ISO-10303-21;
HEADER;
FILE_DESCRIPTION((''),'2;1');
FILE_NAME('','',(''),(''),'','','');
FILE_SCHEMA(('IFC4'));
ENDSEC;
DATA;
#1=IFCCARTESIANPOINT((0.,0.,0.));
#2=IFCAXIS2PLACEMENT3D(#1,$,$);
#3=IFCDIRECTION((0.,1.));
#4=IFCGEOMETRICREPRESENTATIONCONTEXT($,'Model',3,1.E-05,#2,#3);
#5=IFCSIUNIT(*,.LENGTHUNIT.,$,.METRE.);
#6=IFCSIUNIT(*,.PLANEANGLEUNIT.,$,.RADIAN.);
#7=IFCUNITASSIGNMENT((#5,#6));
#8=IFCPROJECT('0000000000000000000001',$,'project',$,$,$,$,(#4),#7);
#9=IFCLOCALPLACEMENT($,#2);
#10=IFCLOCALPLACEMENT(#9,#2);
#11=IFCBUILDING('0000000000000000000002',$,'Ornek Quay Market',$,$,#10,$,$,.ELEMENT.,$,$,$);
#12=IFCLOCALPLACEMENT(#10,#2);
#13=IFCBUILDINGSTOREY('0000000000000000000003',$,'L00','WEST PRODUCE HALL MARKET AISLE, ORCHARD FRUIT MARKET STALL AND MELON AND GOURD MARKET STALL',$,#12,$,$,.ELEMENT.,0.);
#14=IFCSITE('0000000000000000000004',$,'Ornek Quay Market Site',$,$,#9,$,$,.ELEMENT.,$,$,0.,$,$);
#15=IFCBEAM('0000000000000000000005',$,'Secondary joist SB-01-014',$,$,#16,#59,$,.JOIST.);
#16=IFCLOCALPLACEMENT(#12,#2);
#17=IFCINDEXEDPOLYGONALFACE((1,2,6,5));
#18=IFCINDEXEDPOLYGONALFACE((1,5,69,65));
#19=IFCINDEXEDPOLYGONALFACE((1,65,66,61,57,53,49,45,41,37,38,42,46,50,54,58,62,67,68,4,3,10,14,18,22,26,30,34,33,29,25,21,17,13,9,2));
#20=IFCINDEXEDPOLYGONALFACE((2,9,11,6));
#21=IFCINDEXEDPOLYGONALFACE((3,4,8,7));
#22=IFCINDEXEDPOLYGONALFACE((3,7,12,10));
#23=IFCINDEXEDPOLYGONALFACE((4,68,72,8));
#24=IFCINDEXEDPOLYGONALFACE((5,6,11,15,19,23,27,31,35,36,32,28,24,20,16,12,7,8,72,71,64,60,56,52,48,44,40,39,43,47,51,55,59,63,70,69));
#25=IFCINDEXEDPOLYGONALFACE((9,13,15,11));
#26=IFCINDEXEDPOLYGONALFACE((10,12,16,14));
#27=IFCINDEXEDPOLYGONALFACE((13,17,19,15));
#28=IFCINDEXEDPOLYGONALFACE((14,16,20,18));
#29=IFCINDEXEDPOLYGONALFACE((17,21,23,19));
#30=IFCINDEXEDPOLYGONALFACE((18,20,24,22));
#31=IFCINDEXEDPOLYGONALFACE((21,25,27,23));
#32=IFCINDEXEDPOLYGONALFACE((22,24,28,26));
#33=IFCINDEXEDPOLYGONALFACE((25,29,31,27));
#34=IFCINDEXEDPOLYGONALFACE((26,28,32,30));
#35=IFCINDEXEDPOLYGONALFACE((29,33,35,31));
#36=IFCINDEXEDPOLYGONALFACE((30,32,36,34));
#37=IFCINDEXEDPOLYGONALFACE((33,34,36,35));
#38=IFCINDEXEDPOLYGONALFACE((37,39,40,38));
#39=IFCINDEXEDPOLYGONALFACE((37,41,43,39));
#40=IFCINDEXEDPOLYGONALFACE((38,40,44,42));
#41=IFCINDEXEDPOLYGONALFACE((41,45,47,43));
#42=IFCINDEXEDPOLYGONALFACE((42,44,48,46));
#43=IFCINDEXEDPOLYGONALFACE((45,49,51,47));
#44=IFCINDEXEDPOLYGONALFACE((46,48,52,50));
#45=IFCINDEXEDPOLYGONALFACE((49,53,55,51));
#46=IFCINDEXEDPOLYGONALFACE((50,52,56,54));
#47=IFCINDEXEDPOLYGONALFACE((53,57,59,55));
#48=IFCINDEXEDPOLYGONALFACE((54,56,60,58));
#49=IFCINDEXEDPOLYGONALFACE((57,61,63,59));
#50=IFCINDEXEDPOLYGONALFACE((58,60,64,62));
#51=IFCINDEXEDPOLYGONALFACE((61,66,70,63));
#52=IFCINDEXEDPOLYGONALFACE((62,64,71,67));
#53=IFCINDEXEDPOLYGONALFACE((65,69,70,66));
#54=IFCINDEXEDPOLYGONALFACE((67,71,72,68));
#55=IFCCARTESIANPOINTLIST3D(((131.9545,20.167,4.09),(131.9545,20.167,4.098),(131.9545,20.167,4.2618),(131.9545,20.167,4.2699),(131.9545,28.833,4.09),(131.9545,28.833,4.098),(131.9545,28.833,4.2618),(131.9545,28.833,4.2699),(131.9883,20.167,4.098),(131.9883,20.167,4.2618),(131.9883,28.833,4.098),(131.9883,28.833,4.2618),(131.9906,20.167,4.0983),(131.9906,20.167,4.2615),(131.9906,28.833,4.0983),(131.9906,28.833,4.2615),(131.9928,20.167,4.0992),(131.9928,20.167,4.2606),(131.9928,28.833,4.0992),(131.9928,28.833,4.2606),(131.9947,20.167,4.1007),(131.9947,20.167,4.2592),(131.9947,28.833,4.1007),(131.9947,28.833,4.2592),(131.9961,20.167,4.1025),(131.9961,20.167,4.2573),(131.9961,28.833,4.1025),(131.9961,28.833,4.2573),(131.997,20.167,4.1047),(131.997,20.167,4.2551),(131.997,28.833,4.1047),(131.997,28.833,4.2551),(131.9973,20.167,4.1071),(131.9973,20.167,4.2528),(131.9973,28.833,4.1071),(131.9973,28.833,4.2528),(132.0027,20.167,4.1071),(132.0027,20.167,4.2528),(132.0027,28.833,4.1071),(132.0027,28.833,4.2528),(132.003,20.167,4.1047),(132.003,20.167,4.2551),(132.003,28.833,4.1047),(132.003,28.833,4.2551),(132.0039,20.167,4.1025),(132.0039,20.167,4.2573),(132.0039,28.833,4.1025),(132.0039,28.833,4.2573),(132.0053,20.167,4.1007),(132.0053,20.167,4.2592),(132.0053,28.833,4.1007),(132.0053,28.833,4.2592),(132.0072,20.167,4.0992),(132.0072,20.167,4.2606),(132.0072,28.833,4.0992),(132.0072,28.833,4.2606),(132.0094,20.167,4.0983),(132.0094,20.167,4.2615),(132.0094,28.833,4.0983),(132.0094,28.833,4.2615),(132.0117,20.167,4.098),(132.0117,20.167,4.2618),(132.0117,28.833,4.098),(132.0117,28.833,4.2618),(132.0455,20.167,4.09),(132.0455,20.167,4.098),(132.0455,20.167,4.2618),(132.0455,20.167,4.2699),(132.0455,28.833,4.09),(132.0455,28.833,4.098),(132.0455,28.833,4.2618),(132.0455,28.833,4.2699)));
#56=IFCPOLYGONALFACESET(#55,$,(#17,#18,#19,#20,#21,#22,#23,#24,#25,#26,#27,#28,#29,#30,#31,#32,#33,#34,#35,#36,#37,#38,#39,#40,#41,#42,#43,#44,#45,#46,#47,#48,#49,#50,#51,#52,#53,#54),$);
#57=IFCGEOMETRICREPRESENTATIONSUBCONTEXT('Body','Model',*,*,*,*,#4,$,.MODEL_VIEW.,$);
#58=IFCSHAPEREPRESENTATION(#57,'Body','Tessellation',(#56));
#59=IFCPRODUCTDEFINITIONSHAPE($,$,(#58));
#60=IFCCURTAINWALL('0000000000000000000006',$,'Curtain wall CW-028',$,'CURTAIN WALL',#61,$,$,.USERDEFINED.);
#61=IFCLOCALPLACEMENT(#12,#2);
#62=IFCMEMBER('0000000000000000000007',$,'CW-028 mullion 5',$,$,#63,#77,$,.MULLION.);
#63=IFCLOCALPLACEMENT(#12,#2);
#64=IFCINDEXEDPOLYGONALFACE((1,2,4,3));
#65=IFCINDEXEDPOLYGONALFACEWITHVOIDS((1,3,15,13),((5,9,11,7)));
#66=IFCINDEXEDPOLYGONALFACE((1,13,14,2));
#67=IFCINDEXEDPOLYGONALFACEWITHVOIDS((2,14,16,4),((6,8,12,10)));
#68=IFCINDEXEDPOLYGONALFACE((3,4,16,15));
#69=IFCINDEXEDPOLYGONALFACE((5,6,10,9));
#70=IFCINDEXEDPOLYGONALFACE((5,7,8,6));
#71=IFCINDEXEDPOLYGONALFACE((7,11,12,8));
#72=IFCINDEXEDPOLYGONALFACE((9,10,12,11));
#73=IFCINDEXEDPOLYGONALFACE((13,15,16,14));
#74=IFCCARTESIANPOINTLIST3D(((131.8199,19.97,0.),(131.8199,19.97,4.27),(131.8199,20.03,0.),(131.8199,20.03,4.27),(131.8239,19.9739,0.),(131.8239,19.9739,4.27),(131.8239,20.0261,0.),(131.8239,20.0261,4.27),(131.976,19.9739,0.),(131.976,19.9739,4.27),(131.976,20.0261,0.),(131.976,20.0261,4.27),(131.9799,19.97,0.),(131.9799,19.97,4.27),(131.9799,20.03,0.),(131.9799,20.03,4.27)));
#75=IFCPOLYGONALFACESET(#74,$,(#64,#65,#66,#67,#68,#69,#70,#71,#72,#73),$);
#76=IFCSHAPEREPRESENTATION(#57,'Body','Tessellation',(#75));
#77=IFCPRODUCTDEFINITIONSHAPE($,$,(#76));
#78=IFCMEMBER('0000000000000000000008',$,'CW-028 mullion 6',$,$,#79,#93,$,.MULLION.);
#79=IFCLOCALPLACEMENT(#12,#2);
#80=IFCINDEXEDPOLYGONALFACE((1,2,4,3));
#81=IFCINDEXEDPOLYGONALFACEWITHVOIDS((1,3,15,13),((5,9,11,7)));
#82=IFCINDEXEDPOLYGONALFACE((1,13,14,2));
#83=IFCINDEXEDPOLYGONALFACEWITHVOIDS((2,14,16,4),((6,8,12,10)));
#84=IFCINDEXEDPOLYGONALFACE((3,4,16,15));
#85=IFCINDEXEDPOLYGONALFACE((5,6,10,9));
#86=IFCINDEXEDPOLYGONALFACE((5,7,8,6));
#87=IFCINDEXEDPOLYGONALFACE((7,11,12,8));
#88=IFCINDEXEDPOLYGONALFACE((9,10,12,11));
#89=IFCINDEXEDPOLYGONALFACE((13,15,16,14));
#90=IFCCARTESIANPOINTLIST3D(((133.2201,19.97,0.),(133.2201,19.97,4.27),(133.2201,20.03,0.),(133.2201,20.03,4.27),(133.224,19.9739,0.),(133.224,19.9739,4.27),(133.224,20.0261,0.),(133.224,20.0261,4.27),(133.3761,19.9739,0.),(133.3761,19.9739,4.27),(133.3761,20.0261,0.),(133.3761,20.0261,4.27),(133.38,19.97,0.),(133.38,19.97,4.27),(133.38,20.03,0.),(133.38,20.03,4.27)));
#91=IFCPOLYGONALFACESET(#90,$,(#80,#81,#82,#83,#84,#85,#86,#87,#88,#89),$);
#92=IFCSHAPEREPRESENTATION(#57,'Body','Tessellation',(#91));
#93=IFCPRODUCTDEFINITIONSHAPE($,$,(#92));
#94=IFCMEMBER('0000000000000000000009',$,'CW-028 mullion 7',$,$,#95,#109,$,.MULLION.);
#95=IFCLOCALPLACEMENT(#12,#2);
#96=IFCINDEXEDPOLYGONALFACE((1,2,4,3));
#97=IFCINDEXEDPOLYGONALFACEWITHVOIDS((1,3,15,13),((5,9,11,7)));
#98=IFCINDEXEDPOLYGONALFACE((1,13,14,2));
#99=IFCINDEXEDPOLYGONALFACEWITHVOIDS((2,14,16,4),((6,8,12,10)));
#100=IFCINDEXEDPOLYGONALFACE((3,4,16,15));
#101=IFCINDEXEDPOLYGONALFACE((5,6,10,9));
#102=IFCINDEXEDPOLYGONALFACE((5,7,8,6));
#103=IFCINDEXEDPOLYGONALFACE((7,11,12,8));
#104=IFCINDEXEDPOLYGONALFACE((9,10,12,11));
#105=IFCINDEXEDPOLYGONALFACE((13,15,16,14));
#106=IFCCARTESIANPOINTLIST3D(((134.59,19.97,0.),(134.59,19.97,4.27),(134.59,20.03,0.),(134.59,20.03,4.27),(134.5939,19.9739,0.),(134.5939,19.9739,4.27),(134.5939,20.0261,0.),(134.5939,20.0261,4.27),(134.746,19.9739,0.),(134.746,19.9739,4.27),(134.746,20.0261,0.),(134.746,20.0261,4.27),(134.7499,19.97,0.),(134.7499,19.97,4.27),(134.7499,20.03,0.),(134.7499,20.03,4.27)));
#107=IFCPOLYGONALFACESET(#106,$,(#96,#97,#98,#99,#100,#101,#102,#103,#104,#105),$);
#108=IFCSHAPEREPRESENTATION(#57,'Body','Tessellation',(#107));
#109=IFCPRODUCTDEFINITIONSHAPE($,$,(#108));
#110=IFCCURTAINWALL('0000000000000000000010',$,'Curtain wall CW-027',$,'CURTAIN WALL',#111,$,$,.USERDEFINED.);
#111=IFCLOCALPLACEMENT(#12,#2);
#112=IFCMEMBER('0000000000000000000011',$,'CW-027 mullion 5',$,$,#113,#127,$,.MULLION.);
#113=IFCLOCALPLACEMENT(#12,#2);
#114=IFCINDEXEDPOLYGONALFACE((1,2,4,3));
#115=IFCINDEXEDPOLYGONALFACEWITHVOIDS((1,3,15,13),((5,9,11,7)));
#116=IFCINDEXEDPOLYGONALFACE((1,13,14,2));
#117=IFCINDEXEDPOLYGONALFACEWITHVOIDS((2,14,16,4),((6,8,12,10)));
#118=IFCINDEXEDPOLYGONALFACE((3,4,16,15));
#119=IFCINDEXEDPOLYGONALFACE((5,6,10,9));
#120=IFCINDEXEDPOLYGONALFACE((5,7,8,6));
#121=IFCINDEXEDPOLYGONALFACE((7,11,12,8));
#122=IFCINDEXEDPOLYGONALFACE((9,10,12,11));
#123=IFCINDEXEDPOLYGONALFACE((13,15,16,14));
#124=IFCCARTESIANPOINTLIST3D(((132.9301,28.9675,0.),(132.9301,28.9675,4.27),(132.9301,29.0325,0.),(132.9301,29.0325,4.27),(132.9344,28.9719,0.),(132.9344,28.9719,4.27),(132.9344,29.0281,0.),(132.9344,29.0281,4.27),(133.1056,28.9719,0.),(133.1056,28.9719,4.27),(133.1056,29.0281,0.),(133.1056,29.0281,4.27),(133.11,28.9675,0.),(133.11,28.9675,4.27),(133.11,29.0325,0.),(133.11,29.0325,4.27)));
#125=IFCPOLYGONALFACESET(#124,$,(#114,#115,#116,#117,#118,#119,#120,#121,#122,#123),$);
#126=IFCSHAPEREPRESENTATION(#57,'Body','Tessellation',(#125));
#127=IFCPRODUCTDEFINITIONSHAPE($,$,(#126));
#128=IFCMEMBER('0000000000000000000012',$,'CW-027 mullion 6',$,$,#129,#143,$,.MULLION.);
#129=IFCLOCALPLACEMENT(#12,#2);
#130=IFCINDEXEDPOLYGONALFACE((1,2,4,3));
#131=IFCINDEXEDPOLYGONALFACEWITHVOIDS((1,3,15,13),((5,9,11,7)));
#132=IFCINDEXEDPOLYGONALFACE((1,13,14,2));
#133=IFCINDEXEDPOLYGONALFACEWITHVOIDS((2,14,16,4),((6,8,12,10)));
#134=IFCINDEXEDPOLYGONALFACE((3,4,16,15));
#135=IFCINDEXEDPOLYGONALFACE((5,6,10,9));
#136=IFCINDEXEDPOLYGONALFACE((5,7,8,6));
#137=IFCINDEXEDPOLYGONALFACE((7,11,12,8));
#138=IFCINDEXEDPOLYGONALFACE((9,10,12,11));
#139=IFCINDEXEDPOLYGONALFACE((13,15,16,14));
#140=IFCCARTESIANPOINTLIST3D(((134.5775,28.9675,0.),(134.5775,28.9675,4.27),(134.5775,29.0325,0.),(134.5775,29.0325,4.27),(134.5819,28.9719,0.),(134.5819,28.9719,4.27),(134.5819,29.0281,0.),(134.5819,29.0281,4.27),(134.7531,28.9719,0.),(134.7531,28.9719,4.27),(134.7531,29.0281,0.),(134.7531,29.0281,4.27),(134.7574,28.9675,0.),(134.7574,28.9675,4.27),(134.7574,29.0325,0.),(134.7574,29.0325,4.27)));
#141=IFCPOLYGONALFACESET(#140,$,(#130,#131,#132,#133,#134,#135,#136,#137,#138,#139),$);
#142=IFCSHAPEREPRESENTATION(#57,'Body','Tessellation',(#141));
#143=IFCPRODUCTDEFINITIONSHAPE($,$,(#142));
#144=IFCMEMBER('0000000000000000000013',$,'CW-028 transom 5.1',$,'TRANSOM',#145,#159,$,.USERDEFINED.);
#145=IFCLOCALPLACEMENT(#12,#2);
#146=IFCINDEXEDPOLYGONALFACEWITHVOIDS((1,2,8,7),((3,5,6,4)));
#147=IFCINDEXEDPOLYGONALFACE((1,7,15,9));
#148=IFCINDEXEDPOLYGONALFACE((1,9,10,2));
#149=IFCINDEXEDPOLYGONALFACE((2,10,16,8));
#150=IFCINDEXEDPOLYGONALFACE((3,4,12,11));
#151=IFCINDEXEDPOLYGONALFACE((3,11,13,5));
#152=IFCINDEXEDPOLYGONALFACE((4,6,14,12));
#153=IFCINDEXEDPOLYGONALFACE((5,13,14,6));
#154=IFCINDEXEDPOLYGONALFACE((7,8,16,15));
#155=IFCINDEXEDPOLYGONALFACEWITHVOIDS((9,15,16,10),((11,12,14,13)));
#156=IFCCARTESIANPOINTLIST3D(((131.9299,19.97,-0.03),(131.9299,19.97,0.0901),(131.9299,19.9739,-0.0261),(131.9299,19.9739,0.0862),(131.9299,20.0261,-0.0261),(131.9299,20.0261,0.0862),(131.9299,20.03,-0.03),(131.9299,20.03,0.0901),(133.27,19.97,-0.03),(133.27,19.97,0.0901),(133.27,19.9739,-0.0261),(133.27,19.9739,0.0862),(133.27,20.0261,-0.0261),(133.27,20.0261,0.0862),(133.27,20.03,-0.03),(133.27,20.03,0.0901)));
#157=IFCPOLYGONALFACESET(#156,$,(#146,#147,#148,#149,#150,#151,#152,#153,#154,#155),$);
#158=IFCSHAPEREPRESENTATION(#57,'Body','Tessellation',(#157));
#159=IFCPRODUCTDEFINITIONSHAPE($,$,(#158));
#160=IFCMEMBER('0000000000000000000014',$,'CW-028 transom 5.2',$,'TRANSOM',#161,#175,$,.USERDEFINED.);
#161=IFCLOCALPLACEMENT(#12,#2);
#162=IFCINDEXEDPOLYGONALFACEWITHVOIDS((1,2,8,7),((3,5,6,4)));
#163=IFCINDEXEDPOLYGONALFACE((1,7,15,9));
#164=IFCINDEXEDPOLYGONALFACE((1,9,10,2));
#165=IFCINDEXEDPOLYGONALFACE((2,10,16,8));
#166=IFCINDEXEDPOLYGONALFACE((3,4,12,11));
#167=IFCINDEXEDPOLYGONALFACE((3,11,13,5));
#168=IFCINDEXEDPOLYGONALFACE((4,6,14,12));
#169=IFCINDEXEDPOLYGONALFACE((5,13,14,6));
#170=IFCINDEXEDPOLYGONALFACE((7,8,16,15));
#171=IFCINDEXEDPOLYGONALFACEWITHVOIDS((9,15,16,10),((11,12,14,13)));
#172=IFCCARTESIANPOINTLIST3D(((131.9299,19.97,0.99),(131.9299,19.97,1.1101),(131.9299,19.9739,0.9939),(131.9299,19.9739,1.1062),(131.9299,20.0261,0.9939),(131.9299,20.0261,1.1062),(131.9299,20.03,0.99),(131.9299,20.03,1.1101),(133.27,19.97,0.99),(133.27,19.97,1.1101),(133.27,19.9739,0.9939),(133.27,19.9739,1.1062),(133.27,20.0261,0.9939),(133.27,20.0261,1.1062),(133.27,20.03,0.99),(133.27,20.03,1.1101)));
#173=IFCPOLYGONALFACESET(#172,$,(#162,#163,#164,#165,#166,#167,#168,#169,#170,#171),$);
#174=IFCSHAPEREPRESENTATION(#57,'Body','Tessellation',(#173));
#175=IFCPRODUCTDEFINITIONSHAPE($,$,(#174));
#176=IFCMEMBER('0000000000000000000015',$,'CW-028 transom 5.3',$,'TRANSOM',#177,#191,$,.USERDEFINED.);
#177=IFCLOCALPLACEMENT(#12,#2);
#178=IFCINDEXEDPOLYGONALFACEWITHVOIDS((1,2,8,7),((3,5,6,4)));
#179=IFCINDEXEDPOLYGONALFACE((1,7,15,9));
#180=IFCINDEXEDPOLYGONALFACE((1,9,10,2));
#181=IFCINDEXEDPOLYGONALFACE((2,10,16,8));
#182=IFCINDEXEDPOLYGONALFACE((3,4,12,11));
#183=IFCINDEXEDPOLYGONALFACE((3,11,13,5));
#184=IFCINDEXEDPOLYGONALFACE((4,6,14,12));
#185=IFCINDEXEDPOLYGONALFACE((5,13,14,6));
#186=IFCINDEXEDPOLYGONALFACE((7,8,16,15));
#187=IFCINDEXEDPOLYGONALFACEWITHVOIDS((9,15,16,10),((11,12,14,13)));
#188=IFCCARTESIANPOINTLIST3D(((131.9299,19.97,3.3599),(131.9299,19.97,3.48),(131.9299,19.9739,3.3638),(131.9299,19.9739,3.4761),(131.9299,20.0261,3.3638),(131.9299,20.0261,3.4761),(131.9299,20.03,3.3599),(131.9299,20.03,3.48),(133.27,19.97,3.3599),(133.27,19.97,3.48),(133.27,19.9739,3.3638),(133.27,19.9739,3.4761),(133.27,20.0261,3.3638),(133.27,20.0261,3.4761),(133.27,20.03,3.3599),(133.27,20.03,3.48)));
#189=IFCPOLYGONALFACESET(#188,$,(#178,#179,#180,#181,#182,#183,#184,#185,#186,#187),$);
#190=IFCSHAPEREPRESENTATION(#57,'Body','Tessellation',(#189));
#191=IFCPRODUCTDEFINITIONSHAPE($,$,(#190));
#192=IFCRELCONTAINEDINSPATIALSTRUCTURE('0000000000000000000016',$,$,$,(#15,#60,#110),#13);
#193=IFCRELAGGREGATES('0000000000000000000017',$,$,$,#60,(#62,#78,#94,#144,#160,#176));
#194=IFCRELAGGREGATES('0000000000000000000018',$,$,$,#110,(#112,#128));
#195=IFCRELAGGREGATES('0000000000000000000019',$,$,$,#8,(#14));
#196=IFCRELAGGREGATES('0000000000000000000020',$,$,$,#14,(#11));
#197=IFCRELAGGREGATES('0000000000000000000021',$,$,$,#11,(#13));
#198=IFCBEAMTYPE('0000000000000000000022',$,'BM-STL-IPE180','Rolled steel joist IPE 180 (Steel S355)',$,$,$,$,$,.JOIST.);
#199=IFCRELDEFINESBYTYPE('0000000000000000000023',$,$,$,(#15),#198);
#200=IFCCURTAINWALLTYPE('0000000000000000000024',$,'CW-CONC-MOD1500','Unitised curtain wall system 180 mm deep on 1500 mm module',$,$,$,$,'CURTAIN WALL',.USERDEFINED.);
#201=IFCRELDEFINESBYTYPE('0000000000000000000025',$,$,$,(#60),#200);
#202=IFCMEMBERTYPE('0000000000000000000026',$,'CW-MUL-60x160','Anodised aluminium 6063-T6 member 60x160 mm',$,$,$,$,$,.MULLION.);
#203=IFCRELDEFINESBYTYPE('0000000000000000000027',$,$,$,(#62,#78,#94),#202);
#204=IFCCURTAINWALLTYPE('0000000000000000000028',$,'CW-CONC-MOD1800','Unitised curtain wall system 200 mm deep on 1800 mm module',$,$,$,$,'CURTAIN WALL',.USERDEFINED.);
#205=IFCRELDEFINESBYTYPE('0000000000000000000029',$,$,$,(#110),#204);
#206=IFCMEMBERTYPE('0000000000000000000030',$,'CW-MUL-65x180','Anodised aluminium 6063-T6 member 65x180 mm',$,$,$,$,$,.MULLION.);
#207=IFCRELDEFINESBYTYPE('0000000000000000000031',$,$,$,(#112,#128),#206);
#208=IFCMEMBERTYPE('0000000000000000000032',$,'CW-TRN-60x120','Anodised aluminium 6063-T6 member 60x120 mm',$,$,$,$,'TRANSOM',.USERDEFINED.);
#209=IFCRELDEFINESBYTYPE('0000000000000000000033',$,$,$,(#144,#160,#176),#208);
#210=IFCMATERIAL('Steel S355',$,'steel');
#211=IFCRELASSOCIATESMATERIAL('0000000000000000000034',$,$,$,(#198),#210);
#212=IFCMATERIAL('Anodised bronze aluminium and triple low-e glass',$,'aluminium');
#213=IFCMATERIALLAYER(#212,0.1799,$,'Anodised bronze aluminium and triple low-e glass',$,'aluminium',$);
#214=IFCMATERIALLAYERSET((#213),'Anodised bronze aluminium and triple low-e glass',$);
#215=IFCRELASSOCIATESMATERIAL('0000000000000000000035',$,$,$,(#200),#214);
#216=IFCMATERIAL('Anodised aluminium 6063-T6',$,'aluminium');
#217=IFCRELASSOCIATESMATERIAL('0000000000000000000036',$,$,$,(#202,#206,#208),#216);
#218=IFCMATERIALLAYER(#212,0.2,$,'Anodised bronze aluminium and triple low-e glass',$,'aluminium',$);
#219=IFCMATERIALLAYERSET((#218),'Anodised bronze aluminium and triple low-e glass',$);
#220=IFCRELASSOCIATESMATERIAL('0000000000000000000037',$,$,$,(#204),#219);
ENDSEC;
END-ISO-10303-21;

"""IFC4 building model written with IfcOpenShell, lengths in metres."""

from ifc_helpers import new_model, si_unit, direction, frame, origin, origin_2d, place, context, subcontext, project, spatial, hollow_rectangle, i_section, extrude, material, layer, layer_set, material_profile, profile_set, type_object, element, aggregate, save


model = new_model("IFC4")

# Units and contexts
model_context = context("Model", 3, precision=1e-05, world=origin(), true_north=direction((0.0, 1.0)))
body_context = subcontext(model_context, "Body", "Model", "MODEL_VIEW")
ifc_project = project(units=[si_unit("LENGTHUNIT", "METRE"), si_unit("PLANEANGLEUNIT", "RADIAN")], contexts=[model_context])

# Site, building, storey
site_placement = place(None, origin())
site = spatial("IfcSite", under=ifc_project, at=site_placement, Name="Ornek Quay Market Site", CompositionType="ELEMENT", RefElevation=0.0)
building_placement = place(site_placement, origin())
building = spatial("IfcBuilding", under=site, at=building_placement, Name="Ornek Quay Market", CompositionType="ELEMENT")
storey_placement = place(building_placement, origin())
storey = spatial("IfcBuildingStorey", under=building, at=storey_placement, Name="L00", Description="WEST PRODUCE HALL MARKET AISLE, ORCHARD FRUIT MARKET STALL AND MELON AND GOURD MARKET STALL", CompositionType="ELEMENT", Elevation=0.0)

# Beam
ifc_material_1 = material(Name="Steel S355", Category="steel")
ifc_material_profile_1 = material_profile(ifc_material_1, i_section(OverallWidth=0.0911, OverallDepth=0.1799, WebThickness=0.0054, FlangeThickness=0.0081, FilletRadius=0.009, at=origin_2d()), Name="IPE 180", Category="steel")
ifc_profile_set_1 = profile_set([ifc_material_profile_1], Name="Steel S355")
beam_type_1 = type_object("IfcBeamType", Name="BM-STL-IPE180", Description="Rolled steel joist IPE 180 (Steel S355)", PredefinedType="JOIST", material=ifc_profile_set_1)
beam_placement = place(storey_placement, frame((132.0, 20.167, 4.1799), z_axis=(0.0, 1.0, 0.0), x_axis=(-1.0, 0.0, 0.0)))
element("IfcBeam", 1, at=beam_placement, inside=storey, type_object=beam_type_1, Name="Secondary joist SB-01-014", PredefinedType="JOIST", context=body_context, shape_type="SweptSolid", body=[
    extrude(i_section(OverallWidth=0.0911, OverallDepth=0.1799, WebThickness=0.0054, FlangeThickness=0.0081, FilletRadius=0.009, at=origin_2d()), origin(), (0.0, 0.0, 1.0), 8.666),
])

# Curtain walls, members
ifc_material_2 = material(Name="Anodised bronze aluminium and triple low-e glass", Category="aluminium")
ifc_layer_1 = layer(ifc_material_2, 0.1799, Name="Anodised bronze aluminium and triple low-e glass", Category="aluminium")
ifc_layer_set_1 = layer_set([ifc_layer_1], Name="Anodised bronze aluminium and triple low-e glass")
curtain_wall_type_1 = type_object("IfcCurtainWallType", Name="CW-CONC-MOD1500", Description="Unitised curtain wall system 180 mm deep on 1500 mm module", ElementType="CURTAIN WALL", PredefinedType="USERDEFINED", material=ifc_layer_set_1)
curtain_wall_1_placement = place(storey_placement, origin())
curtain_wall_1 = element("IfcCurtainWall", 2, at=curtain_wall_1_placement, inside=storey, type_object=curtain_wall_type_1, Name="Curtain wall CW-028", ObjectType="CURTAIN WALL", PredefinedType="USERDEFINED")
ifc_material_3 = material(Name="Anodised aluminium 6063-T6", Category="aluminium")
ifc_material_profile_2 = material_profile(ifc_material_3, hollow_rectangle(XDim=0.0601, YDim=0.1599, WallThickness=0.0039, at=origin_2d()), Name="CW-MUL-60x160", Category="aluminium")
ifc_profile_set_2 = profile_set([ifc_material_profile_2], Name="Anodised aluminium 6063-T6")
member_type_1 = type_object("IfcMemberType", Name="CW-MUL-60x160", Description="Anodised aluminium 6063-T6 member 60x160 mm", PredefinedType="MULLION", material=ifc_profile_set_2)
member_1_placement = place(storey_placement, frame((131.8999, 20.0, 0.0), z_axis=(0.0, 0.0, 1.0), x_axis=(0.0, 1.0, 0.0)))
member_1 = element("IfcMember", 3, at=member_1_placement, type_object=member_type_1, Name="CW-028 mullion 5", PredefinedType="MULLION", context=body_context, shape_type="SweptSolid", body=[
    extrude(hollow_rectangle(XDim=0.0601, YDim=0.1599, WallThickness=0.0039, at=origin_2d()), origin(), (0.0, 0.0, 1.0), 4.27),
])
member_2_placement = place(storey_placement, frame((133.3, 20.0, 0.0), z_axis=(0.0, 0.0, 1.0), x_axis=(0.0, 1.0, 0.0)))
member_2 = element("IfcMember", 4, at=member_2_placement, type_object=member_type_1, Name="CW-028 mullion 6", PredefinedType="MULLION", context=body_context, shape_type="SweptSolid", body=[
    extrude(hollow_rectangle(XDim=0.0601, YDim=0.1599, WallThickness=0.0039, at=origin_2d()), origin(), (0.0, 0.0, 1.0), 4.27),
])
member_3_placement = place(storey_placement, frame((134.6699, 20.0, 0.0), z_axis=(0.0, 0.0, 1.0), x_axis=(0.0, 1.0, 0.0)))
member_3 = element("IfcMember", 5, at=member_3_placement, type_object=member_type_1, Name="CW-028 mullion 7", PredefinedType="MULLION", context=body_context, shape_type="SweptSolid", body=[
    extrude(hollow_rectangle(XDim=0.0601, YDim=0.1599, WallThickness=0.0039, at=origin_2d()), origin(), (0.0, 0.0, 1.0), 4.27),
])
ifc_layer_2 = layer(ifc_material_2, 0.2, Name="Anodised bronze aluminium and triple low-e glass", Category="aluminium")
ifc_layer_set_2 = layer_set([ifc_layer_2], Name="Anodised bronze aluminium and triple low-e glass")
curtain_wall_type_2 = type_object("IfcCurtainWallType", Name="CW-CONC-MOD1800", Description="Unitised curtain wall system 200 mm deep on 1800 mm module", ElementType="CURTAIN WALL", PredefinedType="USERDEFINED", material=ifc_layer_set_2)
curtain_wall_2_placement = place(storey_placement, origin())
curtain_wall_2 = element("IfcCurtainWall", 6, at=curtain_wall_2_placement, inside=storey, type_object=curtain_wall_type_2, Name="Curtain wall CW-027", ObjectType="CURTAIN WALL", PredefinedType="USERDEFINED")
ifc_material_profile_3 = material_profile(ifc_material_3, hollow_rectangle(XDim=0.0649, YDim=0.1799, WallThickness=0.0044, at=origin_2d()), Name="CW-MUL-65x180", Category="aluminium")
ifc_profile_set_3 = profile_set([ifc_material_profile_3], Name="Anodised aluminium 6063-T6")
member_type_2 = type_object("IfcMemberType", Name="CW-MUL-65x180", Description="Anodised aluminium 6063-T6 member 65x180 mm", PredefinedType="MULLION", material=ifc_profile_set_3)
member_4_placement = place(storey_placement, frame((133.02, 29.0, 0.0), z_axis=(0.0, 0.0, 1.0), x_axis=(0.0, 1.0, 0.0)))
member_4 = element("IfcMember", 7, at=member_4_placement, type_object=member_type_2, Name="CW-027 mullion 5", PredefinedType="MULLION", context=body_context, shape_type="SweptSolid", body=[
    extrude(hollow_rectangle(XDim=0.0649, YDim=0.1799, WallThickness=0.0044, at=origin_2d()), origin(), (0.0, 0.0, 1.0), 4.27),
])
member_5_placement = place(storey_placement, frame((134.6675, 29.0, 0.0), z_axis=(0.0, 0.0, 1.0), x_axis=(0.0, 1.0, 0.0)))
member_5 = element("IfcMember", 8, at=member_5_placement, type_object=member_type_2, Name="CW-027 mullion 6", PredefinedType="MULLION", context=body_context, shape_type="SweptSolid", body=[
    extrude(hollow_rectangle(XDim=0.0649, YDim=0.1799, WallThickness=0.0044, at=origin_2d()), origin(), (0.0, 0.0, 1.0), 4.27),
])

# Members
ifc_material_profile_4 = material_profile(ifc_material_3, hollow_rectangle(XDim=0.0601, YDim=0.1201, WallThickness=0.0039, at=origin_2d()), Name="CW-TRN-60x120", Category="aluminium")
ifc_profile_set_4 = profile_set([ifc_material_profile_4], Name="Anodised aluminium 6063-T6")
member_type_3 = type_object("IfcMemberType", Name="CW-TRN-60x120", Description="Anodised aluminium 6063-T6 member 60x120 mm", ElementType="TRANSOM", PredefinedType="USERDEFINED", material=ifc_profile_set_4)
member_6_placement = place(storey_placement, frame((131.9299, 20.0, 0.03), z_axis=(1.0, 0.0, 0.0), x_axis=(0.0, 1.0, 0.0)))
member_6 = element("IfcMember", 9, at=member_6_placement, type_object=member_type_3, Name="CW-028 transom 5.1", ObjectType="TRANSOM", PredefinedType="USERDEFINED", context=body_context, shape_type="SweptSolid", body=[
    extrude(hollow_rectangle(XDim=0.0601, YDim=0.1201, WallThickness=0.0039, at=origin_2d()), origin(), (0.0, 0.0, 1.0), 1.3401),
])
member_7_placement = place(storey_placement, frame((131.9299, 20.0, 1.05), z_axis=(1.0, 0.0, 0.0), x_axis=(0.0, 1.0, 0.0)))
member_7 = element("IfcMember", 10, at=member_7_placement, type_object=member_type_3, Name="CW-028 transom 5.2", ObjectType="TRANSOM", PredefinedType="USERDEFINED", context=body_context, shape_type="SweptSolid", body=[
    extrude(hollow_rectangle(XDim=0.0601, YDim=0.1201, WallThickness=0.0039, at=origin_2d()), origin(), (0.0, 0.0, 1.0), 1.3401),
])
member_8_placement = place(storey_placement, frame((131.9299, 20.0, 3.4199), z_axis=(1.0, 0.0, 0.0), x_axis=(0.0, 1.0, 0.0)))
member_8 = element("IfcMember", 11, at=member_8_placement, type_object=member_type_3, Name="CW-028 transom 5.3", ObjectType="TRANSOM", PredefinedType="USERDEFINED", context=body_context, shape_type="SweptSolid", body=[
    extrude(hollow_rectangle(XDim=0.0601, YDim=0.1201, WallThickness=0.0039, at=origin_2d()), origin(), (0.0, 0.0, 1.0), 1.3401),
])

aggregate(curtain_wall_1, [member_1, member_2, member_3, member_6, member_7, member_8])
aggregate(curtain_wall_2, [member_4, member_5])

save(model, "model.ifc")
